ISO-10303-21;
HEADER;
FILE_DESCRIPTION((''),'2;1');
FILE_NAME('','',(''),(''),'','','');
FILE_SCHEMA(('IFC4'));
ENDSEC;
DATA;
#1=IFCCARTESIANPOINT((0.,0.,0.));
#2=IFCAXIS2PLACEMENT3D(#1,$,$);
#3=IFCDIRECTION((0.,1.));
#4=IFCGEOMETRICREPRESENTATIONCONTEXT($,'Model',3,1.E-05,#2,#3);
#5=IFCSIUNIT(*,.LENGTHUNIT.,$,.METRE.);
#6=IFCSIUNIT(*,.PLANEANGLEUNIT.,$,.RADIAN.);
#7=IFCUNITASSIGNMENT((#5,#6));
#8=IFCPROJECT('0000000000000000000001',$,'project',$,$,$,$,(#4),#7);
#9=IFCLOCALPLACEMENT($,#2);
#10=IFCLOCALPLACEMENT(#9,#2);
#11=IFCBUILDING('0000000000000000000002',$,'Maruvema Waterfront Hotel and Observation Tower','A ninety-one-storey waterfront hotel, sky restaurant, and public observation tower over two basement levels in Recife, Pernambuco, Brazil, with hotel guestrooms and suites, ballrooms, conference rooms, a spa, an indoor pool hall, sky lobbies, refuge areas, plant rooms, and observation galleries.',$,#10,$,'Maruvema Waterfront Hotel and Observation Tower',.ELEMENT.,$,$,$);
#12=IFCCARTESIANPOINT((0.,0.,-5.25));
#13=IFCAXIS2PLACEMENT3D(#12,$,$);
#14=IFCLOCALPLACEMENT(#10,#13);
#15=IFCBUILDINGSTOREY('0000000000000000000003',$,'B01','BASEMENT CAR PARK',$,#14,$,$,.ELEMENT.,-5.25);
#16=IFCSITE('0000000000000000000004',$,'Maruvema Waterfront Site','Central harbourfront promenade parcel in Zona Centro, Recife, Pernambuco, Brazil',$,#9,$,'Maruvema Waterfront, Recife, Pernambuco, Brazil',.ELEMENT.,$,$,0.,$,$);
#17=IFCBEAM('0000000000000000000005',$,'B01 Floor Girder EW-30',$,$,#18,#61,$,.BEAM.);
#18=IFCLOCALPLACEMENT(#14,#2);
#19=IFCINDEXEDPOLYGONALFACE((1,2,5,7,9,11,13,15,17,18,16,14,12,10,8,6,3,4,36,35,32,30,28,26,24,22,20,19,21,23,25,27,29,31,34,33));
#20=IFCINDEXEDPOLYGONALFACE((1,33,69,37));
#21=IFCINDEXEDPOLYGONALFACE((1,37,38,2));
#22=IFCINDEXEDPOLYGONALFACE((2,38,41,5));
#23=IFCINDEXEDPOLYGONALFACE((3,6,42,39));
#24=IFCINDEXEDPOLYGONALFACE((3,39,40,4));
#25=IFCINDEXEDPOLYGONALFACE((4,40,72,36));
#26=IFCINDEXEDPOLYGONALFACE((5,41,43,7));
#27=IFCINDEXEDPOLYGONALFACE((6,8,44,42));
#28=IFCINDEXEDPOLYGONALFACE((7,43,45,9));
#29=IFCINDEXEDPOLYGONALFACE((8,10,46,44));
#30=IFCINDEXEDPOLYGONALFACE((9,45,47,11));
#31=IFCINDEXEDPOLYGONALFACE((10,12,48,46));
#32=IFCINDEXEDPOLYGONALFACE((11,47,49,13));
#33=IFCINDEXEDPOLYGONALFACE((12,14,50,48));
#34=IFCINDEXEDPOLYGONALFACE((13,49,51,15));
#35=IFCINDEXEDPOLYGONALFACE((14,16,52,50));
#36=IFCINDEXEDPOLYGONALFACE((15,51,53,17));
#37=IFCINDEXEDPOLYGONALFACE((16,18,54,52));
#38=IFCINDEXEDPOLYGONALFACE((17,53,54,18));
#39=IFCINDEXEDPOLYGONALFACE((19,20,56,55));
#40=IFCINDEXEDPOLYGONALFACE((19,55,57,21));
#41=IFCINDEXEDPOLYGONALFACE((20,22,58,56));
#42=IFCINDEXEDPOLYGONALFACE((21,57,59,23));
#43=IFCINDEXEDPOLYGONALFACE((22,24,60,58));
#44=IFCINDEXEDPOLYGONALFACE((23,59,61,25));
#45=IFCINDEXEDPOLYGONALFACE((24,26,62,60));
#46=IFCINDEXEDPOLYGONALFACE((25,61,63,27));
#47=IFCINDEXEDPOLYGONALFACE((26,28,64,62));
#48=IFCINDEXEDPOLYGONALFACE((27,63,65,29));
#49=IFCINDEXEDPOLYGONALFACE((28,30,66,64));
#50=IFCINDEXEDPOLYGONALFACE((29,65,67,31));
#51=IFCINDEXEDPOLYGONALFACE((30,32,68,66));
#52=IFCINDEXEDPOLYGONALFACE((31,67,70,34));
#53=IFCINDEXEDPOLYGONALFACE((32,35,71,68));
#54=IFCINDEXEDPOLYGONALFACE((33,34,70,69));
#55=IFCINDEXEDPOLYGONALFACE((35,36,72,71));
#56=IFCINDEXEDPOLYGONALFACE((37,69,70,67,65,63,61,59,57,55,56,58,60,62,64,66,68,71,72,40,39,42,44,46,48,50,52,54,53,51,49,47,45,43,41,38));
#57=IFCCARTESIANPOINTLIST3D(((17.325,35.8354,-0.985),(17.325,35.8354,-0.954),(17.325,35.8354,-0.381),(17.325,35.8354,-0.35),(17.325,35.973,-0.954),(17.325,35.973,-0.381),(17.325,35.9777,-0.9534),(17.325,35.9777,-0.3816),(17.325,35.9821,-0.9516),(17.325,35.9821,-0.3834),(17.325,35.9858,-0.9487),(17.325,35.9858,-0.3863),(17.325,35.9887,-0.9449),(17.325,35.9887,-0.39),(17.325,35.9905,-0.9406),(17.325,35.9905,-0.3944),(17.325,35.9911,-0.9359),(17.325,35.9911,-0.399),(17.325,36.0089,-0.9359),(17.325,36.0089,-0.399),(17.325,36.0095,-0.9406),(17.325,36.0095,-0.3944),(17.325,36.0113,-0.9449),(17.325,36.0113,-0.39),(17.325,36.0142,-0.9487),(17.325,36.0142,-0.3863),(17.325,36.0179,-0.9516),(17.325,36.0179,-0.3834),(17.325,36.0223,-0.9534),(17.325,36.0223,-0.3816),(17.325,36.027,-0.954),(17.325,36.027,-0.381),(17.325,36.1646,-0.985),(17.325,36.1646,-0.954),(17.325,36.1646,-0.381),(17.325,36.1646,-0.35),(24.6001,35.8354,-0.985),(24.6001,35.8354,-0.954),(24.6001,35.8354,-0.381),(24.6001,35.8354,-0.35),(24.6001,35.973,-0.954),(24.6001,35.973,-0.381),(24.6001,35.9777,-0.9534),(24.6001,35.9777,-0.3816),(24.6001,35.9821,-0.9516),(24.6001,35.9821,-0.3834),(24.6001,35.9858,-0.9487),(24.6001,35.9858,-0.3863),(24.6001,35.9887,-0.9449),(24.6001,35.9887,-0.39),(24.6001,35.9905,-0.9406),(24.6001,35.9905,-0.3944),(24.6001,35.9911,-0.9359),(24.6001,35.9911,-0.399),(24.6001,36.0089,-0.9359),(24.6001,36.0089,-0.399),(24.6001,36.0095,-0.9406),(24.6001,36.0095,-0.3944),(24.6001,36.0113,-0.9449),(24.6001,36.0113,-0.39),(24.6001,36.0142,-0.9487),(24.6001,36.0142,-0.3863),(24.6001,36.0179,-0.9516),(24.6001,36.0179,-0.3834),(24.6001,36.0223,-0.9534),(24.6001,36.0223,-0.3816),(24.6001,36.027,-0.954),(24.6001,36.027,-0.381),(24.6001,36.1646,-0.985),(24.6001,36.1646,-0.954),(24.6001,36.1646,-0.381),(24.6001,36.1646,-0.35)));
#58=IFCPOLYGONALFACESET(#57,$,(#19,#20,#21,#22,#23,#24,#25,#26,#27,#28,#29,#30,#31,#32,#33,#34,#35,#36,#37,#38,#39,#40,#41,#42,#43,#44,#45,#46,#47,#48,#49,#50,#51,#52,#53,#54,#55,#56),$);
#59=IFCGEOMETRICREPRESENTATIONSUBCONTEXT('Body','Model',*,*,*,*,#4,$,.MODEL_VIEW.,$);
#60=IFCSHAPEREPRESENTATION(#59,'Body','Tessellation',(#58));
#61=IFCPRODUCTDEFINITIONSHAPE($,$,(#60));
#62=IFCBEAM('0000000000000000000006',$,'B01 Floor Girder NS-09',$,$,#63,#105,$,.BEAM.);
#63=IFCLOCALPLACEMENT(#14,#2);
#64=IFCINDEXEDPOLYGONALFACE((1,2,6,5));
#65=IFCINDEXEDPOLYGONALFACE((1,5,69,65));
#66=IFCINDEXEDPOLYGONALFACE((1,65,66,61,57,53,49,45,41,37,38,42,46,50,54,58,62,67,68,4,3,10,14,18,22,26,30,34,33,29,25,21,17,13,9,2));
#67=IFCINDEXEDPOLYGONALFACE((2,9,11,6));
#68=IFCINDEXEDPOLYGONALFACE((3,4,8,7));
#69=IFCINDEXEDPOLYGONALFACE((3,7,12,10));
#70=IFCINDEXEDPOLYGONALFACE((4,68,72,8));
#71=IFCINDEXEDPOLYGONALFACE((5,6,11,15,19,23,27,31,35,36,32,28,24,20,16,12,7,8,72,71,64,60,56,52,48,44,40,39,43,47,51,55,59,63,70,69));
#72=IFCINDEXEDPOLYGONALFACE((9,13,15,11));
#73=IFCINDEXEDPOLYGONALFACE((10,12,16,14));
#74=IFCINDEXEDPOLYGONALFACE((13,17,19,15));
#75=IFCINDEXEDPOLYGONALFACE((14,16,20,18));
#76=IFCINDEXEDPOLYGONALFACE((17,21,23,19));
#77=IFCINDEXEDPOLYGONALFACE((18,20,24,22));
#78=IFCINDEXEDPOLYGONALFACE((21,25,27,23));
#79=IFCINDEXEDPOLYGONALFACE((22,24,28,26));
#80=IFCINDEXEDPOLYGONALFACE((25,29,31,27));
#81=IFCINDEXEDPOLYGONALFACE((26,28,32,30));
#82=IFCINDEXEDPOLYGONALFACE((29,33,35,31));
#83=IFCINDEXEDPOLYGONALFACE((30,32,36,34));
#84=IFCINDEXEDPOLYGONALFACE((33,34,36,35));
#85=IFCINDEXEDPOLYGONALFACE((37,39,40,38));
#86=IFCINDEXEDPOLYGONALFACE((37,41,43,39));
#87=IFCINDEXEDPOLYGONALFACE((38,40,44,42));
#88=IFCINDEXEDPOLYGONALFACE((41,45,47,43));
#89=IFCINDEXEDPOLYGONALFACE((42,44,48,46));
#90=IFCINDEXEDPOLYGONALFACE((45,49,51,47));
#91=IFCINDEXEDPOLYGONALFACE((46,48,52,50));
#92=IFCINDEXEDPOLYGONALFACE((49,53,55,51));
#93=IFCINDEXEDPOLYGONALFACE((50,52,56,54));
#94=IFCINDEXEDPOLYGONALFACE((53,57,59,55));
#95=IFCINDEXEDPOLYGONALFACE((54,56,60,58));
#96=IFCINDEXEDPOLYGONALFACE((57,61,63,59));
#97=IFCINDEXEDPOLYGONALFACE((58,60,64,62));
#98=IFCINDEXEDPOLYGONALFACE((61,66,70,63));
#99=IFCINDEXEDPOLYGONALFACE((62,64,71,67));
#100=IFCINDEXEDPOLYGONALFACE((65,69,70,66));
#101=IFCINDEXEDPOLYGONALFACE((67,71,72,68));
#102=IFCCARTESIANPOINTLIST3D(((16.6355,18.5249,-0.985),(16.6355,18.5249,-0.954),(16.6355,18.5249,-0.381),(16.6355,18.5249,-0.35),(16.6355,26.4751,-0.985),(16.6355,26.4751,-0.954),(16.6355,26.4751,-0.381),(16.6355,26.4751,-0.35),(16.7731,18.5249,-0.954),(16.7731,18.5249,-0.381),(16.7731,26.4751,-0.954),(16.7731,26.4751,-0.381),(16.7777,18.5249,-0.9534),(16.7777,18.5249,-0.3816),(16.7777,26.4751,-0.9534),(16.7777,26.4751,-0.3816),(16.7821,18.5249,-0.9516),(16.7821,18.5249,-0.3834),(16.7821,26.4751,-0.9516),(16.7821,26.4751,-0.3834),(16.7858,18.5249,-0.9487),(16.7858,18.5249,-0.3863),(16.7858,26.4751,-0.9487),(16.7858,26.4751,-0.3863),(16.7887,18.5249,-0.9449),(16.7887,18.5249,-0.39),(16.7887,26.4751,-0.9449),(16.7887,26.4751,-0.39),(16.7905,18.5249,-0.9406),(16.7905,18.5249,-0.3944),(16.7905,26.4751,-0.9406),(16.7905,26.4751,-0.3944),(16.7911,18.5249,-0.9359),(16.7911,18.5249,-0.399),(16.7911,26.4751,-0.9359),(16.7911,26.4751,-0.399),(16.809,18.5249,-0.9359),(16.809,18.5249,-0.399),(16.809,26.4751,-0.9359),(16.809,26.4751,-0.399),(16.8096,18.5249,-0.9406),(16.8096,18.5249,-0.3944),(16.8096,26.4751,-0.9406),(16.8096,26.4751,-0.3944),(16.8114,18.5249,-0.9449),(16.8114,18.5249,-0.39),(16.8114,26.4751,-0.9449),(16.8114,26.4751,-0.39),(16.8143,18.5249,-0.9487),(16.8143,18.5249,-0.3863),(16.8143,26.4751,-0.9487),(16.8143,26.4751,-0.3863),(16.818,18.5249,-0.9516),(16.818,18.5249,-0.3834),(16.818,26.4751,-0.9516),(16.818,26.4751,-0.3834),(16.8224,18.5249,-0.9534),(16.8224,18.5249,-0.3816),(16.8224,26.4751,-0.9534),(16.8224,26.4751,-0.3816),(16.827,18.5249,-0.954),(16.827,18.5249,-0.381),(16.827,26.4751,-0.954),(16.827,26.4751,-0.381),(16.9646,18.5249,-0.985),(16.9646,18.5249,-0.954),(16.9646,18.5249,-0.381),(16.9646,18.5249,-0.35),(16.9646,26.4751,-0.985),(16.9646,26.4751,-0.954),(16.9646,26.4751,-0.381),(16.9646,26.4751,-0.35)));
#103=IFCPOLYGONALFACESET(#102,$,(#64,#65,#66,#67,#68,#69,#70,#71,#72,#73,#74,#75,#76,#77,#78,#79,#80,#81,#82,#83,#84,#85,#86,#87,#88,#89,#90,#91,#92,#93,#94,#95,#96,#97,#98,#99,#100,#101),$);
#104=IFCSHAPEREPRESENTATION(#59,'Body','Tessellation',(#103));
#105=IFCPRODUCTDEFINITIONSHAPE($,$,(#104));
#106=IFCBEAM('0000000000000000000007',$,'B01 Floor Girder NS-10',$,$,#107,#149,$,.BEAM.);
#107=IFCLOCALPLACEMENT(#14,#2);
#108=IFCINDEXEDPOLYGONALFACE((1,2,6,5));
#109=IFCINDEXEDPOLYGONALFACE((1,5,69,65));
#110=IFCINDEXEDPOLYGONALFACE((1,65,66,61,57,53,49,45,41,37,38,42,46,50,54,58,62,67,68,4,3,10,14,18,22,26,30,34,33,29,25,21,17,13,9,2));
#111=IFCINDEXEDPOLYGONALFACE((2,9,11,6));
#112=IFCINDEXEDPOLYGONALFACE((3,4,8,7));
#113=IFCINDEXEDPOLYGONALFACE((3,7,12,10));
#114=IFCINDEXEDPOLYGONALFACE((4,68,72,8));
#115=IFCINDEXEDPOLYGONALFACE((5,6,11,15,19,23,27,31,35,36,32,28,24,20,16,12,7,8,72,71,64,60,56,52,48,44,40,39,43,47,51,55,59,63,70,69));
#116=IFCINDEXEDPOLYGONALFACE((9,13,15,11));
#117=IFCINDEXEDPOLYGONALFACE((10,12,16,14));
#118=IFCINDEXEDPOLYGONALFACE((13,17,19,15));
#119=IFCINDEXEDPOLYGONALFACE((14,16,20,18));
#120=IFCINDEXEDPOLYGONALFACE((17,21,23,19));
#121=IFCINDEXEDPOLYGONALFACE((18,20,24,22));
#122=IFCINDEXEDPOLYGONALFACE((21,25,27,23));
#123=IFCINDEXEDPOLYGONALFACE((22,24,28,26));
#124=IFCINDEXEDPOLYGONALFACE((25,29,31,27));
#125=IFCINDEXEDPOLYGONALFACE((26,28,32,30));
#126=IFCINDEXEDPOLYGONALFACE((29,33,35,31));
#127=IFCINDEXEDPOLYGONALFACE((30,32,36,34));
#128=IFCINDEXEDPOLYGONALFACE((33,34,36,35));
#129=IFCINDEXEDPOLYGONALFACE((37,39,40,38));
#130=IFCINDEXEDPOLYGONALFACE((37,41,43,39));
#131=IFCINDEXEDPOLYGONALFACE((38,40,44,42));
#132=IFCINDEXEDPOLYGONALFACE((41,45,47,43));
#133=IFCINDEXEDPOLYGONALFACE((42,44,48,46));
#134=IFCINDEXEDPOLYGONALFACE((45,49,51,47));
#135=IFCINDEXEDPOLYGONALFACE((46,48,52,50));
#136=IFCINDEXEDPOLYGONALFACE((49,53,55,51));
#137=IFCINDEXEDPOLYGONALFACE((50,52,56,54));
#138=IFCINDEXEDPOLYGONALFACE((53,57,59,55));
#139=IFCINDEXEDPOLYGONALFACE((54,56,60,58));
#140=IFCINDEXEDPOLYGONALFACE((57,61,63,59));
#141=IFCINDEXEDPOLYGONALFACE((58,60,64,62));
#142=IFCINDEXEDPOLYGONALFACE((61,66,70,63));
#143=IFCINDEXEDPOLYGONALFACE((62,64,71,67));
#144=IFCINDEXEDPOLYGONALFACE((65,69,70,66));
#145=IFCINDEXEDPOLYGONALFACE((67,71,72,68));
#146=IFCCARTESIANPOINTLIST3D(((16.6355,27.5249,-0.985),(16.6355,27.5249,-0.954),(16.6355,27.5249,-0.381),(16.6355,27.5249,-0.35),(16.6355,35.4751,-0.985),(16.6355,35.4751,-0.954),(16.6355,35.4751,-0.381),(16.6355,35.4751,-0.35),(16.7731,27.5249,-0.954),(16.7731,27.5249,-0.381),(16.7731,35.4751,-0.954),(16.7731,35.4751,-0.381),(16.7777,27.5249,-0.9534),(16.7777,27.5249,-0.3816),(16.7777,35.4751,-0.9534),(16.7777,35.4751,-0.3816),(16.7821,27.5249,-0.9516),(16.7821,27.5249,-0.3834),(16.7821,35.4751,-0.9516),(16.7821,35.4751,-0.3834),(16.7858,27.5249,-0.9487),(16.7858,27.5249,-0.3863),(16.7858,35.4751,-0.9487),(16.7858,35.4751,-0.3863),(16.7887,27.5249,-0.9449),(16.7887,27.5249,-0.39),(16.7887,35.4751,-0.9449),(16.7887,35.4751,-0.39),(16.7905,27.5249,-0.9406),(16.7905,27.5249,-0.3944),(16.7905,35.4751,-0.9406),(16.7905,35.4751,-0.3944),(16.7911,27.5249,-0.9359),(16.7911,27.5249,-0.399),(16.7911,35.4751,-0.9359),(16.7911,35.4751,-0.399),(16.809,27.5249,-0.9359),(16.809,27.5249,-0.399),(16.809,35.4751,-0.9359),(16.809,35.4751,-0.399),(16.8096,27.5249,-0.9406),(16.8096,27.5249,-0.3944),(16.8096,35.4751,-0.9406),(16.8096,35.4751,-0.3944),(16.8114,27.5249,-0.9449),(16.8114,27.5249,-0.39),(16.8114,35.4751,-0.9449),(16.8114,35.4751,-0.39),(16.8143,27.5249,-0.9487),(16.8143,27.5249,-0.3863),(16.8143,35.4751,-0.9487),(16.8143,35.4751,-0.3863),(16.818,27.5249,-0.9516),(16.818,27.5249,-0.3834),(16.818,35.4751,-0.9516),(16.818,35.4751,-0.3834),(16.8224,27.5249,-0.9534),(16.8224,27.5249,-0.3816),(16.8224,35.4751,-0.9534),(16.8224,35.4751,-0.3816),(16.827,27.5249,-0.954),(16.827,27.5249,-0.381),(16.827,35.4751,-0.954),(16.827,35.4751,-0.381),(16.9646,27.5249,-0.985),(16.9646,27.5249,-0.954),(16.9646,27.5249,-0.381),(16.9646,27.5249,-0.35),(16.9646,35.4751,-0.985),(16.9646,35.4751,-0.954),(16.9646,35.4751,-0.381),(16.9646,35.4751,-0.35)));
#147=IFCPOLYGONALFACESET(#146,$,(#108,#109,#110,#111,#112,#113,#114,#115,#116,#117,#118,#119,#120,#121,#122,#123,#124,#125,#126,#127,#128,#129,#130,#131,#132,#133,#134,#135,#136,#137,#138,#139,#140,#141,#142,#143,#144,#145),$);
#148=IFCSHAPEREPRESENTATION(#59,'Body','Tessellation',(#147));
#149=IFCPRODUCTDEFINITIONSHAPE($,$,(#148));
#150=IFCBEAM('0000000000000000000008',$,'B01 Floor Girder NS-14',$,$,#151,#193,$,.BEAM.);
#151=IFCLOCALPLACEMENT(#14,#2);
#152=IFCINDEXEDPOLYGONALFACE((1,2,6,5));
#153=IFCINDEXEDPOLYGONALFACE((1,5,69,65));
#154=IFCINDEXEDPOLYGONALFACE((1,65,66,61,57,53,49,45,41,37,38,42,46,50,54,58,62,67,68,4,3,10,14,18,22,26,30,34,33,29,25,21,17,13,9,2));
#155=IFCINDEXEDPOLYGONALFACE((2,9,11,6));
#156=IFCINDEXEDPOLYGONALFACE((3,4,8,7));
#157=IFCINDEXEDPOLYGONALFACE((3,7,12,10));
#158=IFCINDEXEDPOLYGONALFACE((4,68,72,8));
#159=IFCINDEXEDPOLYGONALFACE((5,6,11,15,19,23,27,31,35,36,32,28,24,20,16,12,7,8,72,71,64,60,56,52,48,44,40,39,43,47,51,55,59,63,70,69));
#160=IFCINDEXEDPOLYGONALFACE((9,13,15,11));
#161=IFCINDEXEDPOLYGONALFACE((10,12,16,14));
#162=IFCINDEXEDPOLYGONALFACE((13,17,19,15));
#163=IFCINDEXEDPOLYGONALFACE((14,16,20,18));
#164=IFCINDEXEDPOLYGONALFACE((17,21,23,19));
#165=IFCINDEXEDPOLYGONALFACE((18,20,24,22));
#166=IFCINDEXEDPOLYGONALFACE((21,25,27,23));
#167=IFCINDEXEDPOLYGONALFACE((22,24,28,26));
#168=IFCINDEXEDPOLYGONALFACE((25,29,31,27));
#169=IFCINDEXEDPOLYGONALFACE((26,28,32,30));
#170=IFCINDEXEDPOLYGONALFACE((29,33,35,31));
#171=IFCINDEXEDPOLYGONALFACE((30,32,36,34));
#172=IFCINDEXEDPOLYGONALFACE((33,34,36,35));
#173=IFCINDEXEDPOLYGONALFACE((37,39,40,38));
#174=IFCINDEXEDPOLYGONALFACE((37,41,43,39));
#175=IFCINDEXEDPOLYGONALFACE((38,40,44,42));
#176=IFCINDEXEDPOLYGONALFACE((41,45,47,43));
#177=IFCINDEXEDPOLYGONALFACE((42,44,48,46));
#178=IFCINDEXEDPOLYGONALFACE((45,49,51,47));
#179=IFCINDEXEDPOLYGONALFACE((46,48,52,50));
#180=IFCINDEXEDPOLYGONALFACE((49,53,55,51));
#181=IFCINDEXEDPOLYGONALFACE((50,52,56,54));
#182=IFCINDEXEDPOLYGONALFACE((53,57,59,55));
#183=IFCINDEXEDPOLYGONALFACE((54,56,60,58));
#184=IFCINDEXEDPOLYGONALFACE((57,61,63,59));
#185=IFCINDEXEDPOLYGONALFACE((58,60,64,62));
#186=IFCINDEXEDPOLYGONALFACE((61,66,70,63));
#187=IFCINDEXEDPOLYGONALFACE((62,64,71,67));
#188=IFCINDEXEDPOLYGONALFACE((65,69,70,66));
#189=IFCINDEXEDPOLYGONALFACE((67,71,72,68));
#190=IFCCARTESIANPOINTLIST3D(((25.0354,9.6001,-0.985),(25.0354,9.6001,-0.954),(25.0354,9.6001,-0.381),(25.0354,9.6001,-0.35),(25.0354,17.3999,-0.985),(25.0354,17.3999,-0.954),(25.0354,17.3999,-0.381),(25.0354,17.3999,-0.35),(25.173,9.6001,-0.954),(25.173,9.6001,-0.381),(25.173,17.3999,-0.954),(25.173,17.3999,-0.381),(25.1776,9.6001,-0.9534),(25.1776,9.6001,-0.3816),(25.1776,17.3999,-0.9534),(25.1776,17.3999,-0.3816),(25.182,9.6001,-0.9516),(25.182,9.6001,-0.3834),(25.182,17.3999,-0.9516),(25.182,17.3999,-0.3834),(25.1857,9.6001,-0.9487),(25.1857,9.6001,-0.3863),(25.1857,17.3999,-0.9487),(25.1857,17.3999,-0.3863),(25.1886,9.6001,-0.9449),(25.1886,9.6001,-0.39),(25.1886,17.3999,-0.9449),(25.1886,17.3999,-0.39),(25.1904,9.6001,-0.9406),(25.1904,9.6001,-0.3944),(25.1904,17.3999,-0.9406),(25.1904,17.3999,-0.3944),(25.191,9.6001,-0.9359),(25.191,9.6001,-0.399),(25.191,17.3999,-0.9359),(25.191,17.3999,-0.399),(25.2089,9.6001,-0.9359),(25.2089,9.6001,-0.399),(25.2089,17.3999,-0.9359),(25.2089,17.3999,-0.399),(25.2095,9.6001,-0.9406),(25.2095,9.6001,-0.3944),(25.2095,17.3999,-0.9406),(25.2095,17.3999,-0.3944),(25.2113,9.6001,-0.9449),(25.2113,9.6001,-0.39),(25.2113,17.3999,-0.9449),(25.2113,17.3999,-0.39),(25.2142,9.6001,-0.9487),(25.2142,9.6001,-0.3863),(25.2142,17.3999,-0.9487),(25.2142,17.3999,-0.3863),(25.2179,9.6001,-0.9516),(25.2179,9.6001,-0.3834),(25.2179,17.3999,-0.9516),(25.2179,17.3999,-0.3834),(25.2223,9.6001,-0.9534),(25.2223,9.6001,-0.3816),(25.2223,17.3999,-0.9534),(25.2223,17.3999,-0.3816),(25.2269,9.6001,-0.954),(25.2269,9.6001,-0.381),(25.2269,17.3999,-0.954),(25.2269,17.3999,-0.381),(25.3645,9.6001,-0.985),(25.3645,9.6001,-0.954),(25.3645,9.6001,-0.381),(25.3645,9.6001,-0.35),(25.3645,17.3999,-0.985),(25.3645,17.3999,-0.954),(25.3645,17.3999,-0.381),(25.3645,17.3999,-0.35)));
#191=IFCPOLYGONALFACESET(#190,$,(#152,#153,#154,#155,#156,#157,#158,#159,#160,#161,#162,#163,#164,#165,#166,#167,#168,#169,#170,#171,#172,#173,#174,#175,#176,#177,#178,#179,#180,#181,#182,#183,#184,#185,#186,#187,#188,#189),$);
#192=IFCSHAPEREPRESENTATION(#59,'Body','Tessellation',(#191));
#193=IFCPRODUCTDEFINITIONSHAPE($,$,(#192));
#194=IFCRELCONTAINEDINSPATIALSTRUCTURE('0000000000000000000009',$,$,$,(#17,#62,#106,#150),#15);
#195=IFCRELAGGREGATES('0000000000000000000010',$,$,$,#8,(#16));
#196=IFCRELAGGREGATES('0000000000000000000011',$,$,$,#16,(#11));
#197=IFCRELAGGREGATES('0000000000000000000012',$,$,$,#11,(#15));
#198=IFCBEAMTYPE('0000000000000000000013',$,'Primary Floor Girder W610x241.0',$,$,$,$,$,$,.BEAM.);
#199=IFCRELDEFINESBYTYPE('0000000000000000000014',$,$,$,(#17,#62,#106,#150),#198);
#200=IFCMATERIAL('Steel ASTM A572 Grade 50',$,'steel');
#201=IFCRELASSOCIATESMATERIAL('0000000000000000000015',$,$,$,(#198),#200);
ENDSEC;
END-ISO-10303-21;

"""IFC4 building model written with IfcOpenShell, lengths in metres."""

from ifc_helpers import new_model, si_unit, direction, frame, origin, origin_2d, place, context, subcontext, project, spatial, i_section, extrude, material, material_profile, profile_set, type_object, element, save


model = new_model("IFC4")

# Units and contexts
model_context = context("Model", 3, precision=1e-05, world=origin(), true_north=direction((0.0, 1.0)))
body_context = subcontext(model_context, "Body", "Model", "MODEL_VIEW")
ifc_project = project(units=[si_unit("LENGTHUNIT", "METRE"), si_unit("PLANEANGLEUNIT", "RADIAN")], contexts=[model_context])

# Site, building, storey
site_placement = place(None, origin())
site = spatial("IfcSite", under=ifc_project, at=site_placement, Name="Maruvema Waterfront Site", Description="Central harbourfront promenade parcel in Zona Centro, Recife, Pernambuco, Brazil", LongName="Maruvema Waterfront, Recife, Pernambuco, Brazil", CompositionType="ELEMENT", RefElevation=0.0)
building_placement = place(site_placement, origin())
building = spatial("IfcBuilding", under=site, at=building_placement, Name="Maruvema Waterfront Hotel and Observation Tower", Description="A ninety-one-storey waterfront hotel, sky restaurant, and public observation tower over two basement levels in Recife, Pernambuco, Brazil, with hotel guestrooms and suites, ballrooms, conference rooms, a spa, an indoor pool hall, sky lobbies, refuge areas, plant rooms, and observation galleries.", LongName="Maruvema Waterfront Hotel and Observation Tower", CompositionType="ELEMENT")
storey_placement = place(building_placement, frame((0.0, 0.0, -5.25)))
storey = spatial("IfcBuildingStorey", under=building, at=storey_placement, Name="B01", Description="BASEMENT CAR PARK", CompositionType="ELEMENT", Elevation=-5.25)

# Beams
ifc_material_1 = material(Name="Steel ASTM A572 Grade 50", Category="steel")
ifc_material_profile_1 = material_profile(ifc_material_1, i_section(OverallWidth=0.3291, OverallDepth=0.635, WebThickness=0.0178, FlangeThickness=0.031, FilletRadius=0.0181, at=origin_2d()), Name="W610x241.0")
ifc_profile_set_1 = profile_set([ifc_material_profile_1], Name="Steel ASTM A572 Grade 50")
beam_type_1 = type_object("IfcBeamType", Name="Primary Floor Girder W610x241.0", PredefinedType="BEAM", material=ifc_profile_set_1)
beam_1_placement = place(storey_placement, frame((17.325, 36.0, -0.6675), z_axis=(1.0, 0.0, 0.0), x_axis=(0.0, 1.0, 0.0)))
element("IfcBeam", 1, at=beam_1_placement, inside=storey, type_object=beam_type_1, Name="B01 Floor Girder EW-30", PredefinedType="BEAM", context=body_context, shape_type="SweptSolid", body=[
    extrude(i_section(OverallWidth=0.3291, OverallDepth=0.635, WebThickness=0.0178, FlangeThickness=0.031, FilletRadius=0.0181, at=origin_2d()), origin(), (0.0, 0.0, 1.0), 7.2751),
])
for number, where, z_axis, x_axis, name in (
    (2, (16.8, 18.5249, -0.6675), (0.0, 1.0, 0.0), (-1.0, 0.0, 0.0), "B01 Floor Girder NS-09"),
    (3, (16.8, 27.5249, -0.6675), (0.0, 1.0, 0.0), (-1.0, 0.0, 0.0), "B01 Floor Girder NS-10"),
):
    element("IfcBeam", number, at=place(storey_placement, frame(where, z_axis=z_axis, x_axis=x_axis)), inside=storey, type_object=beam_type_1, Name=name, PredefinedType="BEAM", context=body_context, shape_type="SweptSolid", body=[
        extrude(i_section(OverallWidth=0.3291, OverallDepth=0.635, WebThickness=0.0178, FlangeThickness=0.031, FilletRadius=0.0181, at=origin_2d()), origin(), (0.0, 0.0, 1.0), 7.9502),
    ])
beam_2_placement = place(storey_placement, frame((25.2, 9.6001, -0.6675), z_axis=(0.0, 1.0, 0.0), x_axis=(-1.0, 0.0, 0.0)))
element("IfcBeam", 4, at=beam_2_placement, inside=storey, type_object=beam_type_1, Name="B01 Floor Girder NS-14", PredefinedType="BEAM", context=body_context, shape_type="SweptSolid", body=[
    extrude(i_section(OverallWidth=0.3291, OverallDepth=0.635, WebThickness=0.0178, FlangeThickness=0.031, FilletRadius=0.0181, at=origin_2d()), origin(), (0.0, 0.0, 1.0), 7.7998),
])

save(model, "model.ifc")
